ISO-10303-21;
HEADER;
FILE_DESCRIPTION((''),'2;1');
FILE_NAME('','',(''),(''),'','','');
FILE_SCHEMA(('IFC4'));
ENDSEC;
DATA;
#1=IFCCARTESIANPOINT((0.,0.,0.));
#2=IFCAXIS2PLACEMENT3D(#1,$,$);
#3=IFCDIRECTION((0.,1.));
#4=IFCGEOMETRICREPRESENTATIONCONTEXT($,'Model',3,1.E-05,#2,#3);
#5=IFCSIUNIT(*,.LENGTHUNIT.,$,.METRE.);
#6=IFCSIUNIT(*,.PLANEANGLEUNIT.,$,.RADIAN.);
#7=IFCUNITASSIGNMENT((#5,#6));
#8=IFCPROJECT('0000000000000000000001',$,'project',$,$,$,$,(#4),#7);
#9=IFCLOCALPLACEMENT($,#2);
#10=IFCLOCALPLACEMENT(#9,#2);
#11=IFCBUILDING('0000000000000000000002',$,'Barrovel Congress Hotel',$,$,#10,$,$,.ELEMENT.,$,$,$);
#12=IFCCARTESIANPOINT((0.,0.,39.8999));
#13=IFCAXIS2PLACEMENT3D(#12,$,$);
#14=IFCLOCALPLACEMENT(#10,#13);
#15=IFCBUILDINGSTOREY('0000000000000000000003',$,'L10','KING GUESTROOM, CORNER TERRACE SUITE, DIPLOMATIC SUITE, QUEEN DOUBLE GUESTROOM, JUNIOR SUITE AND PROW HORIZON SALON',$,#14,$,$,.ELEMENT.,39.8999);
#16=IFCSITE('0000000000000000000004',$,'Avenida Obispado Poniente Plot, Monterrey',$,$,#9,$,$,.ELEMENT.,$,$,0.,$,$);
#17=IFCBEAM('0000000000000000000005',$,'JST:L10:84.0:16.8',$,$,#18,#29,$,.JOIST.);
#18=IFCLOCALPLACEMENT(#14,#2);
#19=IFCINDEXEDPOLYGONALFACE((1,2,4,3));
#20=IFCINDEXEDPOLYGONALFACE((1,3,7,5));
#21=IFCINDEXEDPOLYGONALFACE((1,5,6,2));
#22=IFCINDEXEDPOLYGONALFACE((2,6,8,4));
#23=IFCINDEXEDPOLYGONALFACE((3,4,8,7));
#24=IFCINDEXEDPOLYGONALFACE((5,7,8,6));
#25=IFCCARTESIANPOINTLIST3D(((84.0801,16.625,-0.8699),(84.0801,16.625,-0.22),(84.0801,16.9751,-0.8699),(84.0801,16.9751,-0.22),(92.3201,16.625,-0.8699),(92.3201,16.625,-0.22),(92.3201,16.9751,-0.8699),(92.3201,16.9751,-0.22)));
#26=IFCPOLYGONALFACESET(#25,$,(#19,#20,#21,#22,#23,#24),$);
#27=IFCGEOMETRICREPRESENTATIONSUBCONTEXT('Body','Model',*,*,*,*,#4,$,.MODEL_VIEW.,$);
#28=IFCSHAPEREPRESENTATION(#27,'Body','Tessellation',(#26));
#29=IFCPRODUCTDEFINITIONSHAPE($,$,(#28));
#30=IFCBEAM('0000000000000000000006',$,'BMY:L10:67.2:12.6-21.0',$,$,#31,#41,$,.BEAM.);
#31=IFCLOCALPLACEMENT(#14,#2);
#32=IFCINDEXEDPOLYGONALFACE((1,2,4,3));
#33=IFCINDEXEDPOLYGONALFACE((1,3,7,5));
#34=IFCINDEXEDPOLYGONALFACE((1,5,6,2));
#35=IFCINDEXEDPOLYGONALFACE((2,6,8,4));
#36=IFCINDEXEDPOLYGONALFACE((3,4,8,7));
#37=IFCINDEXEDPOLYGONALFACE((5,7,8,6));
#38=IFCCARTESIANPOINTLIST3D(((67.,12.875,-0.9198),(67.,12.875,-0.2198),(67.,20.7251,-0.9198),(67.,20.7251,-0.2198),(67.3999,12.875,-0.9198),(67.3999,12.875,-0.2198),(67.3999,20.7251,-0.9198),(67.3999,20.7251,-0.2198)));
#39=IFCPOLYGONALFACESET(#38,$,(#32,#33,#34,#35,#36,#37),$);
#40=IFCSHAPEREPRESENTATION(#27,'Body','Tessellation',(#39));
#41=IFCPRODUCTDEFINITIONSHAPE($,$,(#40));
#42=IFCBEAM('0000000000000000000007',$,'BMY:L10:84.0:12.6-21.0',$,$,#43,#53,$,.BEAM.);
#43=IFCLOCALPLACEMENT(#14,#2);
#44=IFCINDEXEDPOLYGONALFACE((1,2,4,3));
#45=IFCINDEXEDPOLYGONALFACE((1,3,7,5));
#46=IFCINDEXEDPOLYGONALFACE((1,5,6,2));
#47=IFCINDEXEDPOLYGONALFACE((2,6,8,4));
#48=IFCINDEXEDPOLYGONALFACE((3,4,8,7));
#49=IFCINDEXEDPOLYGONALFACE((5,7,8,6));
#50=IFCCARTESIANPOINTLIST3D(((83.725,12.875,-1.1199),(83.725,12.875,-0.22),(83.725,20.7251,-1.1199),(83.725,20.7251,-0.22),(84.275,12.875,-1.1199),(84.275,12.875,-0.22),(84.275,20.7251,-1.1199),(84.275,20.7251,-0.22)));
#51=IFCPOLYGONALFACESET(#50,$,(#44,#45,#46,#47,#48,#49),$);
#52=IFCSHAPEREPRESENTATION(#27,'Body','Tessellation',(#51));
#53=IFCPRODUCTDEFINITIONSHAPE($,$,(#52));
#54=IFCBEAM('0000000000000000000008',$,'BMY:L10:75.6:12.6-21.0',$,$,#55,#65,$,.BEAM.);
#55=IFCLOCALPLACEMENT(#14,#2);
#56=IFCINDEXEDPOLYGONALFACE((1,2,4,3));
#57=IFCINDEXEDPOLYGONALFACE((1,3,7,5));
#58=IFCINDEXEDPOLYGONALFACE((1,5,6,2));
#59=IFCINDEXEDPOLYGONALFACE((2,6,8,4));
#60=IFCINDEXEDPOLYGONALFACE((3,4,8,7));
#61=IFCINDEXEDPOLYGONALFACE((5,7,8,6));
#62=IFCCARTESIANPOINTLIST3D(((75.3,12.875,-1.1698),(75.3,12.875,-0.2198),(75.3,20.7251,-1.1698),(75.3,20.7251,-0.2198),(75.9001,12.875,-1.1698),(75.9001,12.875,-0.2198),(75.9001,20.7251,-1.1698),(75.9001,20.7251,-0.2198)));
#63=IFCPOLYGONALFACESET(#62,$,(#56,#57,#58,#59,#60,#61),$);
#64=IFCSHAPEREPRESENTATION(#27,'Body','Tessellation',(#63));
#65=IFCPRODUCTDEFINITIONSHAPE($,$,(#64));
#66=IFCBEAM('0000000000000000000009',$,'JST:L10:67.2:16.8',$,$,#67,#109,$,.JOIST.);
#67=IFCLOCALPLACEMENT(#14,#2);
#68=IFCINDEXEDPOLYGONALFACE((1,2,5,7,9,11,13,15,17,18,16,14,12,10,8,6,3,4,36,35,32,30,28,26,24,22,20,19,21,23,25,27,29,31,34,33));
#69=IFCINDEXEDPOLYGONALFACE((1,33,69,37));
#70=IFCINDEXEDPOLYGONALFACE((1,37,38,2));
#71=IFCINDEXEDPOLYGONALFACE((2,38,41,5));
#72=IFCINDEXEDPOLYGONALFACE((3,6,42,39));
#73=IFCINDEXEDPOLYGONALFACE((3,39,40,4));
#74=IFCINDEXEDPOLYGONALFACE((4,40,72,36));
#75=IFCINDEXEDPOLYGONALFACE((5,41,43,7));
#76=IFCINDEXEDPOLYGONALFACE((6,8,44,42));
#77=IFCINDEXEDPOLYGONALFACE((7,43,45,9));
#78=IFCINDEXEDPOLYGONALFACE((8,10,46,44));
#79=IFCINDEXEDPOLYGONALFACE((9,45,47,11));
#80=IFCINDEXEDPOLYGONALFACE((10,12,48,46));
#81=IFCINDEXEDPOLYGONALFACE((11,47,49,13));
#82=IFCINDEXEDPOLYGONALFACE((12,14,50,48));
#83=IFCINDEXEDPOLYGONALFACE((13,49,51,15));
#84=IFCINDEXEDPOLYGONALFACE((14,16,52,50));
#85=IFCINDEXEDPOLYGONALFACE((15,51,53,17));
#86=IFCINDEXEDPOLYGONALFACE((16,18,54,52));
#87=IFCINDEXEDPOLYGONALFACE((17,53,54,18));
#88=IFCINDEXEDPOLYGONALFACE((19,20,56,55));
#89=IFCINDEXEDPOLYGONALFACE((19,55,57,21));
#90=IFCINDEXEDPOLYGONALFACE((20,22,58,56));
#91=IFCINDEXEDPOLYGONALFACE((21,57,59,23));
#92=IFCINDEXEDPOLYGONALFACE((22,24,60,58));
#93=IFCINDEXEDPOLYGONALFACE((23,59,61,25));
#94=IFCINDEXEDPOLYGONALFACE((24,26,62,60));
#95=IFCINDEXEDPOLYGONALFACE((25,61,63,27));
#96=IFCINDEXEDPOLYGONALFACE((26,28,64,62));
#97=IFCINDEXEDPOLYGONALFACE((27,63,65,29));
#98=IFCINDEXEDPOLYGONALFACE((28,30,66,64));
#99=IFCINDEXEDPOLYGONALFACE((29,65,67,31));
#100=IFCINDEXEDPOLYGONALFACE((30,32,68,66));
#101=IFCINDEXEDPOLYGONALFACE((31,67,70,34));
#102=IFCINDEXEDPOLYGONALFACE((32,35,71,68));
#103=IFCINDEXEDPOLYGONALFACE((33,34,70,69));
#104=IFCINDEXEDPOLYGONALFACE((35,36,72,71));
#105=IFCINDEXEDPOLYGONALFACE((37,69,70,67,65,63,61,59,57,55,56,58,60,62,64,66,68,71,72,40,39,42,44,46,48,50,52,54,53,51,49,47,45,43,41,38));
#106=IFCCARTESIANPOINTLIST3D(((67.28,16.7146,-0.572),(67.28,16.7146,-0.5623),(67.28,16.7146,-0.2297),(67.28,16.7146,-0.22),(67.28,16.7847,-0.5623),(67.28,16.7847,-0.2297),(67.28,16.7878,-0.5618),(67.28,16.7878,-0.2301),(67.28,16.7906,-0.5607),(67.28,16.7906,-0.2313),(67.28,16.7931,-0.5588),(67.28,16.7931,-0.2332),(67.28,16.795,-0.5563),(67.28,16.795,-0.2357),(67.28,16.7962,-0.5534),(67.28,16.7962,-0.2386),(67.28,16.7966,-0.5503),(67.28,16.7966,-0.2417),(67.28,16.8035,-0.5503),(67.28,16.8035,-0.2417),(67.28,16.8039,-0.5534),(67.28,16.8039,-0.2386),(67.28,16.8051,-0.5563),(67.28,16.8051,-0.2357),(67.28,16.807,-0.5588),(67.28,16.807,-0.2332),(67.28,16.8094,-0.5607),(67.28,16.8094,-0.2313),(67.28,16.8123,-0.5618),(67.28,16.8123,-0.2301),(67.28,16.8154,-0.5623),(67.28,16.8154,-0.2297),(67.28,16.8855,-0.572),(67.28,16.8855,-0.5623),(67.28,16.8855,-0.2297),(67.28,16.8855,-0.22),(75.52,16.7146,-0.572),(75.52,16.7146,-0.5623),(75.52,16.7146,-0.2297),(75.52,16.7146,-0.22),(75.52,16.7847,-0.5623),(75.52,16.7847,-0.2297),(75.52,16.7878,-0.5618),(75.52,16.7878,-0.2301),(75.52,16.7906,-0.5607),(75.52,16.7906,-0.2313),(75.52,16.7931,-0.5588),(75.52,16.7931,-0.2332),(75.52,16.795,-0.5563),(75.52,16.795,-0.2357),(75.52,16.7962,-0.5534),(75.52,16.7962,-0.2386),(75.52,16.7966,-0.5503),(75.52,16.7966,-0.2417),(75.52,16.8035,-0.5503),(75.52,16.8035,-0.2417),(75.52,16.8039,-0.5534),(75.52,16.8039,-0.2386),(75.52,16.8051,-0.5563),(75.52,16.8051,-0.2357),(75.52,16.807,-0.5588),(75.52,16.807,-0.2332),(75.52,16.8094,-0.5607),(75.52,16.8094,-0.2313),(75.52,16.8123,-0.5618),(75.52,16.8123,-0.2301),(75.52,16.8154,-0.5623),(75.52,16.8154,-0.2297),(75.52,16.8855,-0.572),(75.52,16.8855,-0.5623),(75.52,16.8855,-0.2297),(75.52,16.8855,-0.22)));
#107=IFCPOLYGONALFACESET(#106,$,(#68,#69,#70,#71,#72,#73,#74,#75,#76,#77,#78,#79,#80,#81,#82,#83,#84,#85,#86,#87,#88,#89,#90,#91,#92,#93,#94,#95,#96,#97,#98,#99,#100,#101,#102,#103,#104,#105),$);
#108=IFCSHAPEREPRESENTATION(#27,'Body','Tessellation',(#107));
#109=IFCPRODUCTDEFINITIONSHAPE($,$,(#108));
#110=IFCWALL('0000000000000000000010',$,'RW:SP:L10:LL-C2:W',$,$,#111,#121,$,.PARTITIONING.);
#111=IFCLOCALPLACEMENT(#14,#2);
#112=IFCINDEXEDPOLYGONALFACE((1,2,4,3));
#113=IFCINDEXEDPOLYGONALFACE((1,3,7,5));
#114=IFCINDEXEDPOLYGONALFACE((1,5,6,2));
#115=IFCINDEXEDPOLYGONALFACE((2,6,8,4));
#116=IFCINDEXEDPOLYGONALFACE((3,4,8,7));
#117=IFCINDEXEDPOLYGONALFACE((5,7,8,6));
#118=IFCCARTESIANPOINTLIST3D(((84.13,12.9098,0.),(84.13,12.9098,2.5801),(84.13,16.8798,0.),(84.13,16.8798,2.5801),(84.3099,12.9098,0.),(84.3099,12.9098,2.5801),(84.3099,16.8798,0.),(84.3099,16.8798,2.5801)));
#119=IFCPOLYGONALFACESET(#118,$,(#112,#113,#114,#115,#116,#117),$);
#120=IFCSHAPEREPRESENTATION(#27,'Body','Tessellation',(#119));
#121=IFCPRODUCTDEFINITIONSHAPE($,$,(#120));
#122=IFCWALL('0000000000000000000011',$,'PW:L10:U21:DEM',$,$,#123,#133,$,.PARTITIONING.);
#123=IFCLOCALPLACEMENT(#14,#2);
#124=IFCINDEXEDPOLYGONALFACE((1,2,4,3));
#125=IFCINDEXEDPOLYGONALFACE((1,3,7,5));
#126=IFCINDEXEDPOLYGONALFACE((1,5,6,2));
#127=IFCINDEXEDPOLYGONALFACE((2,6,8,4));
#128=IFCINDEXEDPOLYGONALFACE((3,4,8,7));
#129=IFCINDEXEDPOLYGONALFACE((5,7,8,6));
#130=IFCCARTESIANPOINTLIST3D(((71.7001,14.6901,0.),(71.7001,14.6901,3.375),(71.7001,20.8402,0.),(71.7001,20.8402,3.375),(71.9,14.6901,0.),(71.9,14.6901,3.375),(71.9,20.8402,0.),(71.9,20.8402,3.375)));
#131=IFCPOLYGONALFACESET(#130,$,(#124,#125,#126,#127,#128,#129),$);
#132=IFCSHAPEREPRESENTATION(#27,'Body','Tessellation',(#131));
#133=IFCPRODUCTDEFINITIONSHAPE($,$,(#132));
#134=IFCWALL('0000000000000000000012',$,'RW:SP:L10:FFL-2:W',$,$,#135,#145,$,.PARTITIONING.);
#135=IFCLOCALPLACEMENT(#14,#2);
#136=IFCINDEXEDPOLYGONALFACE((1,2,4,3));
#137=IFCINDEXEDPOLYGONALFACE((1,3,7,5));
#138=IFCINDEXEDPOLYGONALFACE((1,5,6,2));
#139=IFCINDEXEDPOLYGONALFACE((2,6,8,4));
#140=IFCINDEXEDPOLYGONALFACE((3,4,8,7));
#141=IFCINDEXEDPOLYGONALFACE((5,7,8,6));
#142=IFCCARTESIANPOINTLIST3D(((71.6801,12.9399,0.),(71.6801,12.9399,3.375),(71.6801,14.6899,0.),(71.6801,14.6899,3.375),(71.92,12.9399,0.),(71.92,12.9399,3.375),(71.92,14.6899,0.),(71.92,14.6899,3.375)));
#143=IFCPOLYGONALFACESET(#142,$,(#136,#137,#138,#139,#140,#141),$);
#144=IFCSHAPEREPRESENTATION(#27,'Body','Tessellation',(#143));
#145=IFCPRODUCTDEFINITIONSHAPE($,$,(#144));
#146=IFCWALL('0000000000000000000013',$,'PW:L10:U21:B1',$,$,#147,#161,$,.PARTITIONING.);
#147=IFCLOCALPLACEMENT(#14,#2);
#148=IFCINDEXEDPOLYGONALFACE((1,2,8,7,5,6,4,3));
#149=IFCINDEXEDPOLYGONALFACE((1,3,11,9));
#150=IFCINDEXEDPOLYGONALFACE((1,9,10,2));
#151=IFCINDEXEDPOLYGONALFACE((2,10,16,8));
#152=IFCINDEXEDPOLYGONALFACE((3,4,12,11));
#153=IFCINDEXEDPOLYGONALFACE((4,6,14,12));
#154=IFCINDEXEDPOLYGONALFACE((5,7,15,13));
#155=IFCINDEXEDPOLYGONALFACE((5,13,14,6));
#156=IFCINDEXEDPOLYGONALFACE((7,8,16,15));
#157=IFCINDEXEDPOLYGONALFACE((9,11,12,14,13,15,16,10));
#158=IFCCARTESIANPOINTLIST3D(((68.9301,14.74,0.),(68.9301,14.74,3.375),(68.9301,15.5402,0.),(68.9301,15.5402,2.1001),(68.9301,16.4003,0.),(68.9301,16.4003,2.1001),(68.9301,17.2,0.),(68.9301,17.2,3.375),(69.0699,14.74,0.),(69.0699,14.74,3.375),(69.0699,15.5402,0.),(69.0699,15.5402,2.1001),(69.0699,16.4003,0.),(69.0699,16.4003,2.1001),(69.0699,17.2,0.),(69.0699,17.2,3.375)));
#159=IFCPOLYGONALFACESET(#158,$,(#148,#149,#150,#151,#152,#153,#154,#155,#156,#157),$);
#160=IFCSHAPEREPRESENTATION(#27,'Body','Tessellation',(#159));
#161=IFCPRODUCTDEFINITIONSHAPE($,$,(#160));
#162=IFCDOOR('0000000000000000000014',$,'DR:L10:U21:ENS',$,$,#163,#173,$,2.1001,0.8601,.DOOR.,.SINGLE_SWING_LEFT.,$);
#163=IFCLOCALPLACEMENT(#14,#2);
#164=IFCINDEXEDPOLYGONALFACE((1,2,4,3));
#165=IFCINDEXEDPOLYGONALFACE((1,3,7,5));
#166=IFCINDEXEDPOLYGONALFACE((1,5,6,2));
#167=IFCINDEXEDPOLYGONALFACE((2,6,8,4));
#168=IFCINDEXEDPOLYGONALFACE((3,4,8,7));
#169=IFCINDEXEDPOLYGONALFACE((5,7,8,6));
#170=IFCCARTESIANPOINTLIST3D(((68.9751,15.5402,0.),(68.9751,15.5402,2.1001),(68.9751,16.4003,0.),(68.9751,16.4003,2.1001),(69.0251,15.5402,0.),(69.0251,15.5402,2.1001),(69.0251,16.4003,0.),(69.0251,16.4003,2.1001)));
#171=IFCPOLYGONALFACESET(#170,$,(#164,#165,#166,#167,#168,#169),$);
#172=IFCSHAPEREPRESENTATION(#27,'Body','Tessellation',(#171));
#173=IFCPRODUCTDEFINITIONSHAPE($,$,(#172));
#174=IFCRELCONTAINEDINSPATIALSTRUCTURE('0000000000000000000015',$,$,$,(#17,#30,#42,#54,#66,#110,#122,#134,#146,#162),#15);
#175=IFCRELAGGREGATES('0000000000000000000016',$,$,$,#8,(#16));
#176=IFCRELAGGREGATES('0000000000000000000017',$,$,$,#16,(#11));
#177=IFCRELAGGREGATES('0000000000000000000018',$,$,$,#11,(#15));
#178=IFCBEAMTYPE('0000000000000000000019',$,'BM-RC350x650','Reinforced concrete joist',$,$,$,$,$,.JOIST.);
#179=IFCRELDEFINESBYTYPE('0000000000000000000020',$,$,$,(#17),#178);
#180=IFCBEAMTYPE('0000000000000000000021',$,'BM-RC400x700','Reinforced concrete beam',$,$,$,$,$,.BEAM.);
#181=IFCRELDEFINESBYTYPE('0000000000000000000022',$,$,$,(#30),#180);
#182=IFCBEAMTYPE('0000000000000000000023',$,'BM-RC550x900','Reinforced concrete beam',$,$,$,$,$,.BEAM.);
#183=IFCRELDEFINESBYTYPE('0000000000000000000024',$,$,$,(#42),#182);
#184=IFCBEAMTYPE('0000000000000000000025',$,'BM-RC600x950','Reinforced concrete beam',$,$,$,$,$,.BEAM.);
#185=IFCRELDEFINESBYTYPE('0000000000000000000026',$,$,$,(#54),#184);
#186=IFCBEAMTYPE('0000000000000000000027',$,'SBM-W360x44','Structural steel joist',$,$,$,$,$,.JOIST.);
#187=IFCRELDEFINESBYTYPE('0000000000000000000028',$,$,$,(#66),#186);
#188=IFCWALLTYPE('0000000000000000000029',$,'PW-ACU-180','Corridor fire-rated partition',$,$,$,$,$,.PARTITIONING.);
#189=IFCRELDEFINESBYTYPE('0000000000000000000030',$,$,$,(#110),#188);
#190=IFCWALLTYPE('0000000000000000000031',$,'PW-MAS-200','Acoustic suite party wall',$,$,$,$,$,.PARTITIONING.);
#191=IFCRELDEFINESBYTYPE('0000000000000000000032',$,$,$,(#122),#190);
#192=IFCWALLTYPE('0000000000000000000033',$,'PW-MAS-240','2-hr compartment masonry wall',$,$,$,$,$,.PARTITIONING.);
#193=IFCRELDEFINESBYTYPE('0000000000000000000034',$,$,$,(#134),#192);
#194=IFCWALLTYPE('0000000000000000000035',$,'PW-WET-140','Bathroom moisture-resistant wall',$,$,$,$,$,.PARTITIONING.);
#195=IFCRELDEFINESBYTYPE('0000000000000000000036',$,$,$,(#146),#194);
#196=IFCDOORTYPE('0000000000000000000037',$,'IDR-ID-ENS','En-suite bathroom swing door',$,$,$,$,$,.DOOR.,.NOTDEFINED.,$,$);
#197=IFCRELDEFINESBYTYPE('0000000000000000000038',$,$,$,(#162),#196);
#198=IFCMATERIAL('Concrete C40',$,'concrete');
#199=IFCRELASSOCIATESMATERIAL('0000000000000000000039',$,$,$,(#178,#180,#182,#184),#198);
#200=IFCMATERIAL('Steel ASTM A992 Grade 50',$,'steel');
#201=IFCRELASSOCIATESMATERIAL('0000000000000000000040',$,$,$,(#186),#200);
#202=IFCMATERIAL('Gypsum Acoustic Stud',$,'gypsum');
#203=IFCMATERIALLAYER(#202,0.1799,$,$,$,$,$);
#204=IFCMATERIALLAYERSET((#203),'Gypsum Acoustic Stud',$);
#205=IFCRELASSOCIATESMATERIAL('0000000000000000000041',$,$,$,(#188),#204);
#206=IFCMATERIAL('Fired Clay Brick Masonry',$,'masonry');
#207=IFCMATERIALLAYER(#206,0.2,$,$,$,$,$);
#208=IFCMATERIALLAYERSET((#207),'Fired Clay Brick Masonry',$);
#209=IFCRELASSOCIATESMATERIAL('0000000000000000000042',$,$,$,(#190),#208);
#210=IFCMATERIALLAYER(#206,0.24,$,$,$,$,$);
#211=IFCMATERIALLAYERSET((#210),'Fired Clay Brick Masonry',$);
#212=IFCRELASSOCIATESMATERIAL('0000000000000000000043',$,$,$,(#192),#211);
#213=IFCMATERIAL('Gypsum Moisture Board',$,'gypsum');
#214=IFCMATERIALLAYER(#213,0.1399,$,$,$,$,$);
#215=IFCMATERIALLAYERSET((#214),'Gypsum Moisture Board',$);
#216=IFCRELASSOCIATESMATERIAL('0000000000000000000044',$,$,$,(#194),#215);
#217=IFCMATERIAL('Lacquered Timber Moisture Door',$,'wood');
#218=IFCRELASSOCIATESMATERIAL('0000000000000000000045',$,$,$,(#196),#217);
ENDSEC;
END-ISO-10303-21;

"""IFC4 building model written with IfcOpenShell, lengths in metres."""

from ifc_helpers import new_model, si_unit, direction, frame, frame_2d, origin, origin_2d, place, context, subcontext, project, spatial, rectangle, i_section, extrude, material, layer, layer_set, material_profile, profile_set, type_object, element, fill, save


model = new_model("IFC4")

# Units and contexts
model_context = context("Model", 3, precision=1e-05, world=origin(), true_north=direction((0.0, 1.0)))
body_context = subcontext(model_context, "Body", "Model", "MODEL_VIEW")
ifc_project = project(units=[si_unit("LENGTHUNIT", "METRE"), si_unit("PLANEANGLEUNIT", "RADIAN")], contexts=[model_context])

# Site, building, storey
site_placement = place(None, origin())
site = spatial("IfcSite", under=ifc_project, at=site_placement, Name="Avenida Obispado Poniente Plot, Monterrey", CompositionType="ELEMENT", RefElevation=0.0)
building_placement = place(site_placement, origin())
building = spatial("IfcBuilding", under=site, at=building_placement, Name="Barrovel Congress Hotel", CompositionType="ELEMENT")
storey_placement = place(building_placement, frame((0.0, 0.0, 39.8999)))
storey = spatial("IfcBuildingStorey", under=building, at=storey_placement, Name="L10", Description="KING GUESTROOM, CORNER TERRACE SUITE, DIPLOMATIC SUITE, QUEEN DOUBLE GUESTROOM, JUNIOR SUITE AND PROW HORIZON SALON", CompositionType="ELEMENT", Elevation=39.8999)

# Beams
ifc_material_1 = material(Name="Concrete C40", Category="concrete")
ifc_material_profile_1 = material_profile(ifc_material_1, rectangle(XDim=0.3501, YDim=0.6499, at=origin_2d()), Name="RC350x650")
ifc_profile_set_1 = profile_set([ifc_material_profile_1], Name="Concrete C40")
beam_type_1 = type_object("IfcBeamType", Name="BM-RC350x650", Description="Reinforced concrete joist", PredefinedType="JOIST", material=ifc_profile_set_1)
beam_1_placement = place(storey_placement, frame((84.0801, 16.8, -0.5449), z_axis=(1.0, 0.0, 0.0), x_axis=(0.0, 1.0, 0.0)))
element("IfcBeam", 1, at=beam_1_placement, inside=storey, type_object=beam_type_1, Name="JST:L10:84.0:16.8", PredefinedType="JOIST", context=body_context, shape_type="SweptSolid", body=[
    extrude(rectangle(XDim=0.3501, YDim=0.6499, at=origin_2d()), origin(), (0.0, 0.0, 1.0), 8.24),
])
ifc_material_profile_2 = material_profile(ifc_material_1, rectangle(XDim=0.3999, YDim=0.7, at=origin_2d()), Name="RC400x700")
ifc_profile_set_2 = profile_set([ifc_material_profile_2], Name="Concrete C40")
beam_type_2 = type_object("IfcBeamType", Name="BM-RC400x700", Description="Reinforced concrete beam", PredefinedType="BEAM", material=ifc_profile_set_2)
beam_2_placement = place(storey_placement, frame((67.2, 12.875, -0.5698), z_axis=(0.0, 1.0, 0.0), x_axis=(-1.0, 0.0, 0.0)))
element("IfcBeam", 2, at=beam_2_placement, inside=storey, type_object=beam_type_2, Name="BMY:L10:67.2:12.6-21.0", PredefinedType="BEAM", context=body_context, shape_type="SweptSolid", body=[
    extrude(rectangle(XDim=0.3999, YDim=0.7, at=origin_2d()), origin(), (0.0, 0.0, 1.0), 7.8501),
])
ifc_material_profile_3 = material_profile(ifc_material_1, rectangle(XDim=0.55, YDim=0.8999, at=origin_2d()), Name="RC550x900")
ifc_profile_set_3 = profile_set([ifc_material_profile_3], Name="Concrete C40")
beam_type_3 = type_object("IfcBeamType", Name="BM-RC550x900", Description="Reinforced concrete beam", PredefinedType="BEAM", material=ifc_profile_set_3)
beam_3_placement = place(storey_placement, frame((84.0, 12.875, -0.6699), z_axis=(0.0, 1.0, 0.0), x_axis=(-1.0, 0.0, 0.0)))
element("IfcBeam", 3, at=beam_3_placement, inside=storey, type_object=beam_type_3, Name="BMY:L10:84.0:12.6-21.0", PredefinedType="BEAM", context=body_context, shape_type="SweptSolid", body=[
    extrude(rectangle(XDim=0.55, YDim=0.8999, at=origin_2d()), origin(), (0.0, 0.0, 1.0), 7.8501),
])
ifc_material_profile_4 = material_profile(ifc_material_1, rectangle(XDim=0.6001, YDim=0.95, at=origin_2d()), Name="RC600x950")
ifc_profile_set_4 = profile_set([ifc_material_profile_4], Name="Concrete C40")
beam_type_4 = type_object("IfcBeamType", Name="BM-RC600x950", Description="Reinforced concrete beam", PredefinedType="BEAM", material=ifc_profile_set_4)
beam_4_placement = place(storey_placement, frame((75.6001, 12.875, -0.6948), z_axis=(0.0, 1.0, 0.0), x_axis=(-1.0, 0.0, 0.0)))
element("IfcBeam", 4, at=beam_4_placement, inside=storey, type_object=beam_type_4, Name="BMY:L10:75.6:12.6-21.0", PredefinedType="BEAM", context=body_context, shape_type="SweptSolid", body=[
    extrude(rectangle(XDim=0.6001, YDim=0.95, at=origin_2d()), origin(), (0.0, 0.0, 1.0), 7.8501),
])
ifc_material_2 = material(Name="Steel ASTM A992 Grade 50", Category="steel")
ifc_material_profile_5 = material_profile(ifc_material_2, i_section(OverallWidth=0.1709, OverallDepth=0.3521, WebThickness=0.0068, FlangeThickness=0.0098, FilletRadius=0.012, at=origin_2d()), Name="W360x44")
ifc_profile_set_5 = profile_set([ifc_material_profile_5], Name="Steel ASTM A992 Grade 50")
beam_type_5 = type_object("IfcBeamType", Name="SBM-W360x44", Description="Structural steel joist", PredefinedType="JOIST", material=ifc_profile_set_5)
beam_5_placement = place(storey_placement, frame((67.28, 16.8, -0.396), z_axis=(1.0, 0.0, 0.0), x_axis=(0.0, 1.0, 0.0)))
element("IfcBeam", 5, at=beam_5_placement, inside=storey, type_object=beam_type_5, Name="JST:L10:67.2:16.8", PredefinedType="JOIST", context=body_context, shape_type="SweptSolid", body=[
    extrude(i_section(OverallWidth=0.1709, OverallDepth=0.3521, WebThickness=0.0068, FlangeThickness=0.0098, FilletRadius=0.012, at=origin_2d()), origin(), (0.0, 0.0, 1.0), 8.24),
])

# Walls
ifc_material_3 = material(Name="Gypsum Acoustic Stud", Category="gypsum")
ifc_layer_1 = layer(ifc_material_3, 0.1799)
ifc_layer_set_1 = layer_set([ifc_layer_1], Name="Gypsum Acoustic Stud")
wall_type_1 = type_object("IfcWallType", Name="PW-ACU-180", Description="Corridor fire-rated partition", PredefinedType="PARTITIONING", material=ifc_layer_set_1)
wall_1_placement = place(storey_placement, frame((84.22, 12.9099, 0.0), z_axis=(0.0, 0.0, 1.0), x_axis=(0.0, 1.0, 0.0)))
element("IfcWall", 6, at=wall_1_placement, inside=storey, type_object=wall_type_1, Name="RW:SP:L10:LL-C2:W", PredefinedType="PARTITIONING", context=body_context, shape_type="SweptSolid", body=[
    extrude(rectangle(XDim=3.97, YDim=0.1799, at=frame_2d((1.9849, 0.0))), origin(), (0.0, 0.0, 1.0), 2.5801),
])
ifc_material_4 = material(Name="Fired Clay Brick Masonry", Category="masonry")
ifc_layer_2 = layer(ifc_material_4, 0.2)
ifc_layer_set_2 = layer_set([ifc_layer_2], Name="Fired Clay Brick Masonry")
wall_type_2 = type_object("IfcWallType", Name="PW-MAS-200", Description="Acoustic suite party wall", PredefinedType="PARTITIONING", material=ifc_layer_set_2)
wall_2_placement = place(storey_placement, frame((71.8, 14.6899, 0.0), z_axis=(0.0, 0.0, 1.0), x_axis=(0.0, 1.0, 0.0)))
element("IfcWall", 7, at=wall_2_placement, inside=storey, type_object=wall_type_2, Name="PW:L10:U21:DEM", PredefinedType="PARTITIONING", context=body_context, shape_type="SweptSolid", body=[
    extrude(rectangle(XDim=6.1501, YDim=0.2, at=frame_2d((3.0752, 0.0))), origin(), (0.0, 0.0, 1.0), 3.375),
])
ifc_layer_3 = layer(ifc_material_4, 0.24)
ifc_layer_set_3 = layer_set([ifc_layer_3], Name="Fired Clay Brick Masonry")
wall_type_3 = type_object("IfcWallType", Name="PW-MAS-240", Description="2-hr compartment masonry wall", PredefinedType="PARTITIONING", material=ifc_layer_set_3)
wall_3_placement = place(storey_placement, frame((71.8, 12.9399, 0.0), z_axis=(0.0, 0.0, 1.0), x_axis=(0.0, 1.0, 0.0)))
element("IfcWall", 8, at=wall_3_placement, inside=storey, type_object=wall_type_3, Name="RW:SP:L10:FFL-2:W", PredefinedType="PARTITIONING", context=body_context, shape_type="SweptSolid", body=[
    extrude(rectangle(XDim=1.75, YDim=0.24, at=frame_2d((0.875, 0.0))), origin(), (0.0, 0.0, 1.0), 3.375),
])

# Wall, opening, door
ifc_material_5 = material(Name="Gypsum Moisture Board", Category="gypsum")
ifc_layer_4 = layer(ifc_material_5, 0.1399)
ifc_layer_set_4 = layer_set([ifc_layer_4], Name="Gypsum Moisture Board")
wall_type_4 = type_object("IfcWallType", Name="PW-WET-140", Description="Bathroom moisture-resistant wall", PredefinedType="PARTITIONING", material=ifc_layer_set_4)
wall_4_placement = place(storey_placement, frame((69.0, 14.74, 0.0), z_axis=(0.0, 0.0, 1.0), x_axis=(0.0, 1.0, 0.0)))
wall_4 = element("IfcWall", 9, at=wall_4_placement, inside=storey, type_object=wall_type_4, Name="PW:L10:U21:B1", PredefinedType="PARTITIONING", context=body_context, shape_type="SweptSolid", body=[
    extrude(rectangle(XDim=2.46, YDim=0.1399, at=frame_2d((1.23, 0.0))), origin(), (0.0, 0.0, 1.0), 3.375),
])
opening_1_placement = place(wall_4_placement, frame((0.8, 0.0, 0.0)))
opening_1 = element("IfcOpeningElement", 10, at=opening_1_placement, cuts=wall_4, PredefinedType="OPENING", context=body_context, shape_type="SweptSolid", body=[
    extrude(rectangle(XDim=0.8601, YDim=2.1001, at=frame_2d((0.4302, 1.05))), frame((0.0, 0.0801, 0.0), z_axis=(0.0, -1.0, 0.0), x_axis=(1.0, 0.0, 0.0)), (0.0, 0.0, 1.0), 0.1599),
])
ifc_material_6 = material(Name="Lacquered Timber Moisture Door", Category="wood")
door_type_1 = type_object("IfcDoorType", Name="IDR-ID-ENS", Description="En-suite bathroom swing door", OperationType="NOTDEFINED", PredefinedType="DOOR", material=ifc_material_6)
door_1_placement = place(opening_1_placement, origin())
door_1 = element("IfcDoor", 11, at=door_1_placement, inside=storey, type_object=door_type_1, Name="DR:L10:U21:ENS", OperationType="SINGLE_SWING_LEFT", OverallHeight=2.1001, OverallWidth=0.8601, PredefinedType="DOOR", context=body_context, shape_type="SweptSolid", body=[
    extrude(rectangle(XDim=0.8601, YDim=2.1001, at=frame_2d((0.4302, 1.05))), frame((0.0, 0.0249, 0.0), z_axis=(0.0, -1.0, 0.0), x_axis=(1.0, 0.0, 0.0)), (0.0, 0.0, 1.0), 0.05),
])
fill(opening_1, door_1)

save(model, "model.ifc")
